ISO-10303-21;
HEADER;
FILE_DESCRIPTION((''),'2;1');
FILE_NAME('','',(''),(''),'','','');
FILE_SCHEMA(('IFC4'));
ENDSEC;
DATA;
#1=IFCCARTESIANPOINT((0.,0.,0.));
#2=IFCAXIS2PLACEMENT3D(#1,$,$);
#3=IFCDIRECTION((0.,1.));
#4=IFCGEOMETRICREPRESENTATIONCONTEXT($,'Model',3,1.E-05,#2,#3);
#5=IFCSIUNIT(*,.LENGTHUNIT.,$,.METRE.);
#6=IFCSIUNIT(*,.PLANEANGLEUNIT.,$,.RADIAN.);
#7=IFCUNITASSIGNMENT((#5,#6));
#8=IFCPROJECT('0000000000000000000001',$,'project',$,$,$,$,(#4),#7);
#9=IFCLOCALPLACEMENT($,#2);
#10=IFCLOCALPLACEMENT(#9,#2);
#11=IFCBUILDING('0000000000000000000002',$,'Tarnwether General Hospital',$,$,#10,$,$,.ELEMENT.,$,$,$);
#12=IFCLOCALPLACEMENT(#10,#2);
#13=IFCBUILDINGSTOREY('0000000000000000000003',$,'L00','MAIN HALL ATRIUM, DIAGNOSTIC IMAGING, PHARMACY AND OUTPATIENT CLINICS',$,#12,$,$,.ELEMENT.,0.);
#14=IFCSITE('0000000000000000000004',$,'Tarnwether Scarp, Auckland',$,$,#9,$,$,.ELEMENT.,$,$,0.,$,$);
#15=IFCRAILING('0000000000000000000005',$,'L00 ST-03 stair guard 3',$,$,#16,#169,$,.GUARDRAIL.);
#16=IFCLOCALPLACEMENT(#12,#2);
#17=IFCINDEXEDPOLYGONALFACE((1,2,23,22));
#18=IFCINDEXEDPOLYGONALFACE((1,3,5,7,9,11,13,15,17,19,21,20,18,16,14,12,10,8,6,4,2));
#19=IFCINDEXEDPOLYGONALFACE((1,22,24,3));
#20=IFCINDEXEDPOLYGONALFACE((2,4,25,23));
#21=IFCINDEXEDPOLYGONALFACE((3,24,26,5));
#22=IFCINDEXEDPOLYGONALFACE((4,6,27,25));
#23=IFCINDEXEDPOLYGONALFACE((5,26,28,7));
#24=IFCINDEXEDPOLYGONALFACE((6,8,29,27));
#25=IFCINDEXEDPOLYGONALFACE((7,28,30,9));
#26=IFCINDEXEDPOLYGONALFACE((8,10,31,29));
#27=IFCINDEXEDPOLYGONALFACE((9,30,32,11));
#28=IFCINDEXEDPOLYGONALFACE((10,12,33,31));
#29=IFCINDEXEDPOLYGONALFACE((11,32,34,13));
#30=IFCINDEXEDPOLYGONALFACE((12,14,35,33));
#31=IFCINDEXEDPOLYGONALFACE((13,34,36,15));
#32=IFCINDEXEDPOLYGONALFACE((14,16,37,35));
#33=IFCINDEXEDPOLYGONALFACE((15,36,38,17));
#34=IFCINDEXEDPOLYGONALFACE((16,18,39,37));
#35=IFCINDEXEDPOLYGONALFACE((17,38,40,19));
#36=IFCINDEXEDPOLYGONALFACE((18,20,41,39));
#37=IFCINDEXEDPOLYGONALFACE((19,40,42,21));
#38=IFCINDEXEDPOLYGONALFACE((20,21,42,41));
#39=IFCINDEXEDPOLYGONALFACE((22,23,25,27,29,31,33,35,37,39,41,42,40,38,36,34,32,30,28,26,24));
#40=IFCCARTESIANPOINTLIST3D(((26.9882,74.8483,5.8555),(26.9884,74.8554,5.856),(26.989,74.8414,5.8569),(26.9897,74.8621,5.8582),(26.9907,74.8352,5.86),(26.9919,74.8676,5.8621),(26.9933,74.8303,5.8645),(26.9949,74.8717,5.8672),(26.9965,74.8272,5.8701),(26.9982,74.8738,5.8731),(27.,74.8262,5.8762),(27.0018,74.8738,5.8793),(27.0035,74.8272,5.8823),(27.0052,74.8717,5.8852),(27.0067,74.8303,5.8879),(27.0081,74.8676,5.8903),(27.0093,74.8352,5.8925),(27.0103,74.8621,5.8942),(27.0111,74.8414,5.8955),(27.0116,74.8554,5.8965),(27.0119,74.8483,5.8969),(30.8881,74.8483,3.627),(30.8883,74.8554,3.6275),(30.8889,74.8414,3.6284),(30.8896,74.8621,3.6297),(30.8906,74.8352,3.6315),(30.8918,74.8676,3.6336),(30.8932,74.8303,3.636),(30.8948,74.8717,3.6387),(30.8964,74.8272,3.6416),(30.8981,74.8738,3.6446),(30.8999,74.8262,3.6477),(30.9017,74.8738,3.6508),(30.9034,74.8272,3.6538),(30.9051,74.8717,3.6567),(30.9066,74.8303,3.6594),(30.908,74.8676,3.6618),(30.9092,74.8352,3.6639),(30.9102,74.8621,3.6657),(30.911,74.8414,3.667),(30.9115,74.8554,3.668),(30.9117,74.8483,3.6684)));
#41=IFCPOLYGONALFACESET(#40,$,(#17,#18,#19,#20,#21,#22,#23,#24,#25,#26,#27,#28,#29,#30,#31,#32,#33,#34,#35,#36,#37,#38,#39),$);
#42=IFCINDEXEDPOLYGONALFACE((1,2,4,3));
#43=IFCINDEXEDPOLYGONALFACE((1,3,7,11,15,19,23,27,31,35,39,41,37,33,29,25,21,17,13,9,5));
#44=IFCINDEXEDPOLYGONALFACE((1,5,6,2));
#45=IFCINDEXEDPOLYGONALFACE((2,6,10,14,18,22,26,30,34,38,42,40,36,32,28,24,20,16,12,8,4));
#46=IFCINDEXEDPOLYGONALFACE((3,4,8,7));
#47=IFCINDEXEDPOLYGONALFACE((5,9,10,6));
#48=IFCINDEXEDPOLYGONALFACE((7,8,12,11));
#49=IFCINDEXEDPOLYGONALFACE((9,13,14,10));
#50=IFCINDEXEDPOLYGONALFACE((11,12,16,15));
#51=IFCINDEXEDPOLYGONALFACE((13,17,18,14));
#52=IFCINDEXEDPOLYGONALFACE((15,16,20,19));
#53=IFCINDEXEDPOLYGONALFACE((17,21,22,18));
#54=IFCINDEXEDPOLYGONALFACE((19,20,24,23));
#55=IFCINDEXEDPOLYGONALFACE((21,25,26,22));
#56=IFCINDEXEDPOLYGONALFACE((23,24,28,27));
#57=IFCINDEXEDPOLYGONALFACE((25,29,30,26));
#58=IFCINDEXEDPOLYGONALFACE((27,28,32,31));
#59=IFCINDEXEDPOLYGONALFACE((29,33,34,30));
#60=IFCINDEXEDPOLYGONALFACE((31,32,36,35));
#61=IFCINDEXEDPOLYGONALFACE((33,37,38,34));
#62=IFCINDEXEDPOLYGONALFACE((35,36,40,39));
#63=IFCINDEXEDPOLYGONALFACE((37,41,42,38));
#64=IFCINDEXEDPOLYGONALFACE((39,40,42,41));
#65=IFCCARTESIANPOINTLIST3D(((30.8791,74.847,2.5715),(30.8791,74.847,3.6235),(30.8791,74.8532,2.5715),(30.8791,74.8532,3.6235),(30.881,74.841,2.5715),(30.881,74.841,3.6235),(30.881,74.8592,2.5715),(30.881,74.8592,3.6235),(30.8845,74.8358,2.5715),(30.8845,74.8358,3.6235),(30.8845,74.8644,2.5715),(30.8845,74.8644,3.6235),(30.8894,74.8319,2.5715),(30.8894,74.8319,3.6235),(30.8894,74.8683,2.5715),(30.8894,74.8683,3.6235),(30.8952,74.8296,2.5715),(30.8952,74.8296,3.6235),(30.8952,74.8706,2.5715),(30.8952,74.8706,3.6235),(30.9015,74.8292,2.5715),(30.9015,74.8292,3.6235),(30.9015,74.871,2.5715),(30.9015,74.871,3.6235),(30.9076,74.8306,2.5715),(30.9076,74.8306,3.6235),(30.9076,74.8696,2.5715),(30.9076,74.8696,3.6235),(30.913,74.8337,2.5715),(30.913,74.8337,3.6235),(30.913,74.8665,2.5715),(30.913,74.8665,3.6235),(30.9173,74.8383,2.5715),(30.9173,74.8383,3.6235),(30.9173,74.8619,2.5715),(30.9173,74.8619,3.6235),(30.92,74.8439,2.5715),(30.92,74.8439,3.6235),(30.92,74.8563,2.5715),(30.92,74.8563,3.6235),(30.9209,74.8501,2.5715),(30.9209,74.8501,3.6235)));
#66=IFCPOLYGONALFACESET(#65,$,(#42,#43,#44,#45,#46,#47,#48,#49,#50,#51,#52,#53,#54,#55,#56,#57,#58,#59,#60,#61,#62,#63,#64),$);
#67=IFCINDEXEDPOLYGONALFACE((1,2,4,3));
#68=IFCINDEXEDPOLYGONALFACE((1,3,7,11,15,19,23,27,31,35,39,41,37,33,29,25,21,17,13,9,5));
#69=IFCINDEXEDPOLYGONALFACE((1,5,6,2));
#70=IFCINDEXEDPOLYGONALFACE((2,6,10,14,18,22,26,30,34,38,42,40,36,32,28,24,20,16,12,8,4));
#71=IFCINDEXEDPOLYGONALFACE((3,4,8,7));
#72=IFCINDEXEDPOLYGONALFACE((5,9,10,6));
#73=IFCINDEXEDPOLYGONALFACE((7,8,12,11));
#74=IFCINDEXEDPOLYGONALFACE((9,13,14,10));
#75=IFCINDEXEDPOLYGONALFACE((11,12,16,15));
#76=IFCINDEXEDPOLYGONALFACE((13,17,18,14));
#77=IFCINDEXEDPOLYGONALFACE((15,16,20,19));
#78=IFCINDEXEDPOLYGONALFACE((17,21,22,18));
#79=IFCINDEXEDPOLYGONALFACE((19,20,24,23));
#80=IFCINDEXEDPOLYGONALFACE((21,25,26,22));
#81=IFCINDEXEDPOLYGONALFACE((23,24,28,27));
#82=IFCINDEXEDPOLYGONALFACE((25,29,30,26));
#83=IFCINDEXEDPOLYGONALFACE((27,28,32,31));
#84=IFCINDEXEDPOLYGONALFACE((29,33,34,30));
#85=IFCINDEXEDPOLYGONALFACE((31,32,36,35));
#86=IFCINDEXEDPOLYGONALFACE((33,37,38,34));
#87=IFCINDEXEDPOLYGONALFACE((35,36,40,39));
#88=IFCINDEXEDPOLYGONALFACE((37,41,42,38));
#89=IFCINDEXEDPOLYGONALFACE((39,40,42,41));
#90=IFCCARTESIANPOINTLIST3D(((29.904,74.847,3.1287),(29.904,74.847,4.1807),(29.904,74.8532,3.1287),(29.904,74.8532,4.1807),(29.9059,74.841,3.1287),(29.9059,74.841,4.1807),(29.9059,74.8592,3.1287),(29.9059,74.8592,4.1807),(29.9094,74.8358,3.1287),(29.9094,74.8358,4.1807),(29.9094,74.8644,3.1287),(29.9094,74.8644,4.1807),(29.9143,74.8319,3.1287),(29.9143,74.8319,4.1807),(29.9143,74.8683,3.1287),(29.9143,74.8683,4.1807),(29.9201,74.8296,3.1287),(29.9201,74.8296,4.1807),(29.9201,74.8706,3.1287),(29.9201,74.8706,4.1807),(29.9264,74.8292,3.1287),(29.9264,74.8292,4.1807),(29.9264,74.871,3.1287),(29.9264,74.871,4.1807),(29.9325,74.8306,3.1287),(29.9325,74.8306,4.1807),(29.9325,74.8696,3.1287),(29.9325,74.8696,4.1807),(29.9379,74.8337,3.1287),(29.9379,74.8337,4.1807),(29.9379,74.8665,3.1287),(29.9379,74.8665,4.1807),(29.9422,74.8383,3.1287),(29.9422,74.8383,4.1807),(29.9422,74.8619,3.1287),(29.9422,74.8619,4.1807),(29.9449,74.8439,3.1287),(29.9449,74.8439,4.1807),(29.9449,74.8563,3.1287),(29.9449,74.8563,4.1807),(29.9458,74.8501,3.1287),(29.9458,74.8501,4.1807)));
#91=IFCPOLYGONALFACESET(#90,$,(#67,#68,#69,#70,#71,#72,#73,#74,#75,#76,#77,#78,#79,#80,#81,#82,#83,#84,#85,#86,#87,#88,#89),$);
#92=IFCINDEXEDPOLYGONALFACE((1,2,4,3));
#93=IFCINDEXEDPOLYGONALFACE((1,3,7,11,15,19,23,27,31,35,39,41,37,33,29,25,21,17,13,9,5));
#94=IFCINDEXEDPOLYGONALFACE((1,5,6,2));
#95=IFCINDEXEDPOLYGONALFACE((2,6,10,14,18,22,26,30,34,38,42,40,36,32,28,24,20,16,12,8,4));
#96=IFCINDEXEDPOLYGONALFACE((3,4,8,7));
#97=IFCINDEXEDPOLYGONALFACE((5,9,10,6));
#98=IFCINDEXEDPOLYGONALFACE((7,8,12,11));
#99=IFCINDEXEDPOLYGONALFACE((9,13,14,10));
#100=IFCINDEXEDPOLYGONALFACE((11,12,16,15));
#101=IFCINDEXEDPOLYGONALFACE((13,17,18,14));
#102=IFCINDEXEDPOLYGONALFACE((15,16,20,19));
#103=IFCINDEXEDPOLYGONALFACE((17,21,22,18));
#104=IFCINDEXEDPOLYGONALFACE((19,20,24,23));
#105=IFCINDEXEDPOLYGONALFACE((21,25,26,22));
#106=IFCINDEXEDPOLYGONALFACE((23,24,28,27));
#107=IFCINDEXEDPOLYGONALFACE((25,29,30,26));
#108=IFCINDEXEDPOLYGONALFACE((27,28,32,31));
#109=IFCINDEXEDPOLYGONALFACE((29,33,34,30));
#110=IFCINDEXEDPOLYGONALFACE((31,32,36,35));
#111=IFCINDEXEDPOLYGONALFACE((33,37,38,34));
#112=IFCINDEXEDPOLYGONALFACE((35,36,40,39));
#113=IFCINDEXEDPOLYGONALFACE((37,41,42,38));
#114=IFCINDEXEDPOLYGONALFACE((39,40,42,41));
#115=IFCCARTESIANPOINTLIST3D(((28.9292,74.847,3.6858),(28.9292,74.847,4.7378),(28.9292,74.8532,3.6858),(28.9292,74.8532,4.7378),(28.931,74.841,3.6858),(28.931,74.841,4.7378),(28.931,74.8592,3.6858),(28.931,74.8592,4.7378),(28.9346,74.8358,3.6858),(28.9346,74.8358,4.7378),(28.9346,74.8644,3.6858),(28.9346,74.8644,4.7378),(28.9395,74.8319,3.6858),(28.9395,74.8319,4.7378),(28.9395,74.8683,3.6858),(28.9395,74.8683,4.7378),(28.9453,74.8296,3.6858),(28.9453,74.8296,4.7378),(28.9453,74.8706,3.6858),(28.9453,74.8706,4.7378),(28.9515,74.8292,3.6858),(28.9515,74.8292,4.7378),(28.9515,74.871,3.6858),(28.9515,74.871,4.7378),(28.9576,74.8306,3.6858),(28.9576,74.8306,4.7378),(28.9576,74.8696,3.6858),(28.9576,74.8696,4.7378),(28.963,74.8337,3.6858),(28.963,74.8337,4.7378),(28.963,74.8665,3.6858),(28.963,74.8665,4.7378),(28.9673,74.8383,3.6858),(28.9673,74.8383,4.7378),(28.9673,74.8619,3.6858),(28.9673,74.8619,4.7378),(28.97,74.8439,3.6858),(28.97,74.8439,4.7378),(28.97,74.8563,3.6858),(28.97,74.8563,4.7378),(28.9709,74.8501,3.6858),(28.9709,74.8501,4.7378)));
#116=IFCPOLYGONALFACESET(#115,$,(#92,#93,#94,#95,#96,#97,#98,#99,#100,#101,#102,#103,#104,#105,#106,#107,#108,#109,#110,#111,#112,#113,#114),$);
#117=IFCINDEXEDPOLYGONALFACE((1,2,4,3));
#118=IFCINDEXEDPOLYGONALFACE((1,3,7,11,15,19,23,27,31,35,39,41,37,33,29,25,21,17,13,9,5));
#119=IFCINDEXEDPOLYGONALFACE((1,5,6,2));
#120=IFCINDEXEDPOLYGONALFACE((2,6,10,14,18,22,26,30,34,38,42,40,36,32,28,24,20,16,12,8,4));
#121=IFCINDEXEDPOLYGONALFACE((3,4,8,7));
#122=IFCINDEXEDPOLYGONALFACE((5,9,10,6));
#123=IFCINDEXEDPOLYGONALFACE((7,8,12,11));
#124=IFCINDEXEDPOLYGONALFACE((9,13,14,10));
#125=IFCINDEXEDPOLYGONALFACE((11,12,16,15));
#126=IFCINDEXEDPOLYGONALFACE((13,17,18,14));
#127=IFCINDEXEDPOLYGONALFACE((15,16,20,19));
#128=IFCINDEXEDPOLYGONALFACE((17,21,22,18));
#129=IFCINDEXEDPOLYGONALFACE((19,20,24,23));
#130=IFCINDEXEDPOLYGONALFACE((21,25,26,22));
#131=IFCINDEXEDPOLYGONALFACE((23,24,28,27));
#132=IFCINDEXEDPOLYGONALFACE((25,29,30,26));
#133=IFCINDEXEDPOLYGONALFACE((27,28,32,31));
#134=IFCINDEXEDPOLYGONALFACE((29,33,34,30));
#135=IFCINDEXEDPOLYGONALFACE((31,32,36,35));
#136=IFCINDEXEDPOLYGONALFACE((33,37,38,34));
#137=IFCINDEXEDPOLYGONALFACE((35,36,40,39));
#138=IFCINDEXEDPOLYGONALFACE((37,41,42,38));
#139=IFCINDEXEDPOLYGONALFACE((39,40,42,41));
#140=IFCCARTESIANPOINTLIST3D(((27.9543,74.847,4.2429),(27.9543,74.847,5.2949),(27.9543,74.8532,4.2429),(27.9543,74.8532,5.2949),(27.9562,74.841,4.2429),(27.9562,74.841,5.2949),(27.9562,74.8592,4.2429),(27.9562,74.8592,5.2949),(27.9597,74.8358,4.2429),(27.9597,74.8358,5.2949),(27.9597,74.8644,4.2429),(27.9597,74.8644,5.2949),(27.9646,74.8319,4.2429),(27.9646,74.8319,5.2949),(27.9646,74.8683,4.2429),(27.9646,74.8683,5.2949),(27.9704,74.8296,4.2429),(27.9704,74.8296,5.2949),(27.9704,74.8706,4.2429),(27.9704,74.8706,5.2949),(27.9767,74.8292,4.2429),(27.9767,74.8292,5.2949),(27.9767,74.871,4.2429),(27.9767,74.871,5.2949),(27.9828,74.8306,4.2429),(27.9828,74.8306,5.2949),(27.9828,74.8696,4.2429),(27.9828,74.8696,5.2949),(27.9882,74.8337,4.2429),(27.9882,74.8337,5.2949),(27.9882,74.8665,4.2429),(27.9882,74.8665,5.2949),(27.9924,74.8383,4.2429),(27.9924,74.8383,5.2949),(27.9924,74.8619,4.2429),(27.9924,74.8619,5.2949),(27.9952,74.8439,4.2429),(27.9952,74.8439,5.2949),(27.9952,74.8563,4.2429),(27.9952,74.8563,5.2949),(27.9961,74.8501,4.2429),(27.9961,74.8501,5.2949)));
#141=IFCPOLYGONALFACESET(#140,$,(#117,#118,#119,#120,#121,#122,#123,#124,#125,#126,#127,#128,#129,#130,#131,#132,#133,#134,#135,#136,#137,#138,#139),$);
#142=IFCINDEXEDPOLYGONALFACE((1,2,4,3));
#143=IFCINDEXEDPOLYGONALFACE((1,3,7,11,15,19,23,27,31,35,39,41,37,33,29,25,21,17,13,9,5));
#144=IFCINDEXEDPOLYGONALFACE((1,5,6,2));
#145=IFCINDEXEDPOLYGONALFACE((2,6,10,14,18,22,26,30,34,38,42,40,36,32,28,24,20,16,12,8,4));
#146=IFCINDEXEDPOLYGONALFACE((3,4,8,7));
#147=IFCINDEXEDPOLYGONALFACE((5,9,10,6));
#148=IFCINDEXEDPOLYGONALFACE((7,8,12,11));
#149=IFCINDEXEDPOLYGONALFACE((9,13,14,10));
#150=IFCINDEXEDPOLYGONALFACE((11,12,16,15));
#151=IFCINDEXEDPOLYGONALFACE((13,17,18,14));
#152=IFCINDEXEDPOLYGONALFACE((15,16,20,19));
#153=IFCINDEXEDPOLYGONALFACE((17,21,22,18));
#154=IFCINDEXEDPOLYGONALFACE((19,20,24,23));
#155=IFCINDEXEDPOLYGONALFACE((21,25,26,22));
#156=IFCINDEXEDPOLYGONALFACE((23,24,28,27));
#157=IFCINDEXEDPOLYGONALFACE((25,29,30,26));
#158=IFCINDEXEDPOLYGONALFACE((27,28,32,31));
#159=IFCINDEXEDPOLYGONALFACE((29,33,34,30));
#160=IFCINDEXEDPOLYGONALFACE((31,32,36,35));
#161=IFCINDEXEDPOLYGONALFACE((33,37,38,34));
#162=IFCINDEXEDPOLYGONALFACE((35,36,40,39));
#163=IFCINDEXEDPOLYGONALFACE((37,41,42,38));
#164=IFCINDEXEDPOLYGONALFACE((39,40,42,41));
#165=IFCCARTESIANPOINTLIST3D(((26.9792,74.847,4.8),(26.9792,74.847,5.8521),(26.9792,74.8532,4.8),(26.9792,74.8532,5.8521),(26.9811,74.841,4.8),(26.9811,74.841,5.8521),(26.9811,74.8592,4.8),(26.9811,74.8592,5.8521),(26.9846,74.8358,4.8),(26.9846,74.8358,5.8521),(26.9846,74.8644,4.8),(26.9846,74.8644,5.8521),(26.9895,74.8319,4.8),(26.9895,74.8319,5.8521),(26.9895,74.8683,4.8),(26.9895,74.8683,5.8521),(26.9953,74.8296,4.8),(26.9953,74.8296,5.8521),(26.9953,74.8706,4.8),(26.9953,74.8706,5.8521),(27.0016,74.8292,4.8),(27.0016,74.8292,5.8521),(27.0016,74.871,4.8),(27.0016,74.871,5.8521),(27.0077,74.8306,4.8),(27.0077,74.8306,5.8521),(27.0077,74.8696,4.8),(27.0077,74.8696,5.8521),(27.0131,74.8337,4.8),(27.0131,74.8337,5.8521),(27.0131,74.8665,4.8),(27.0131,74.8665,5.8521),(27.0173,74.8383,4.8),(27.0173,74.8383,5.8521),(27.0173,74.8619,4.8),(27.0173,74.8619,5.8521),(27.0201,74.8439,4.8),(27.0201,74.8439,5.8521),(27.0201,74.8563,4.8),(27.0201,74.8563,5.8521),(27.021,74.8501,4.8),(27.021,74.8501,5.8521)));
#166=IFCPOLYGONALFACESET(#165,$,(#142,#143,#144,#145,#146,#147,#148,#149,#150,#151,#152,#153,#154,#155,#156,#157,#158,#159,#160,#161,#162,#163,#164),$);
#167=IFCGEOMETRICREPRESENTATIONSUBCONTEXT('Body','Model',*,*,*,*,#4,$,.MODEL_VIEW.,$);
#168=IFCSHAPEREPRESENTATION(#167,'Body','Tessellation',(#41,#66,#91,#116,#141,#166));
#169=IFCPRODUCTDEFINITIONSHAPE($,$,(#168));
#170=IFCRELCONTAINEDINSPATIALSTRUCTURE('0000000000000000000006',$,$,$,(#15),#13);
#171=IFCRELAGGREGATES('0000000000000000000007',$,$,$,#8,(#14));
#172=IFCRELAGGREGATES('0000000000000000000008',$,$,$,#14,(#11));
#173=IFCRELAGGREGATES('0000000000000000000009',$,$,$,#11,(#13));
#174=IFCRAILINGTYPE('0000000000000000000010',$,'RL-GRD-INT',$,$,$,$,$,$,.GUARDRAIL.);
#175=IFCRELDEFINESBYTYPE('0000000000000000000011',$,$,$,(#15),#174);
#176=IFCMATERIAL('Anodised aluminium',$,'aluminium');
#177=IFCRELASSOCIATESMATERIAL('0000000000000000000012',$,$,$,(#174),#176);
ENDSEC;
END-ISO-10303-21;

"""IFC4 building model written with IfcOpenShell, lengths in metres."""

from ifc_helpers import new_model, si_unit, direction, frame, origin, origin_2d, place, context, subcontext, project, spatial, circle, extrude, material, type_object, element, save


model = new_model("IFC4")

# Units and contexts
model_context = context("Model", 3, precision=1e-05, world=origin(), true_north=direction((0.0, 1.0)))
body_context = subcontext(model_context, "Body", "Model", "MODEL_VIEW")
ifc_project = project(units=[si_unit("LENGTHUNIT", "METRE"), si_unit("PLANEANGLEUNIT", "RADIAN")], contexts=[model_context])

# Site, building, storey
site_placement = place(None, origin())
site = spatial("IfcSite", under=ifc_project, at=site_placement, Name="Tarnwether Scarp, Auckland", CompositionType="ELEMENT", RefElevation=0.0)
building_placement = place(site_placement, origin())
building = spatial("IfcBuilding", under=site, at=building_placement, Name="Tarnwether General Hospital", CompositionType="ELEMENT")
storey_placement = place(building_placement, origin())
storey = spatial("IfcBuildingStorey", under=building, at=storey_placement, Name="L00", Description="MAIN HALL ATRIUM, DIAGNOSTIC IMAGING, PHARMACY AND OUTPATIENT CLINICS", CompositionType="ELEMENT", Elevation=0.0)

# Railing
ifc_material_1 = material(Name="Anodised aluminium", Category="aluminium")
railing_type_1 = type_object("IfcRailingType", Name="RL-GRD-INT", PredefinedType="GUARDRAIL", material=ifc_material_1)
railing_1_placement = place(storey_placement, frame((30.8999, 74.8501, 2.5715)))
element("IfcRailing", 1, at=railing_1_placement, inside=storey, type_object=railing_type_1, Name="L00 ST-03 stair guard 3", PredefinedType="GUARDRAIL", context=body_context, shape_type="SweptSolid", body=[
    extrude(circle(Radius=0.0239, at=origin_2d()), frame((0.0, 0.0, 1.0762), z_axis=(-0.868243, 0.0, 0.496139), x_axis=(0.0, -1.0, 0.0)), (0.0, 0.0, 1.0), 4.4917),
    extrude(circle(Radius=0.021, at=origin_2d()), origin(), (0.0, 0.0, 1.0), 1.052),
    extrude(circle(Radius=0.021, at=origin_2d()), frame((-0.9751, 0.0, 0.5571)), (0.0, 0.0, 1.0), 1.052),
    extrude(circle(Radius=0.021, at=origin_2d()), frame((-1.95, 0.0, 1.1143)), (0.0, 0.0, 1.0), 1.052),
    extrude(circle(Radius=0.021, at=origin_2d()), frame((-2.9248, 0.0, 1.6714)), (0.0, 0.0, 1.0), 1.052),
    extrude(circle(Radius=0.021, at=origin_2d()), frame((-3.8999, 0.0, 2.2285)), (0.0, 0.0, 1.0), 1.052),
])

save(model, "model.ifc")
